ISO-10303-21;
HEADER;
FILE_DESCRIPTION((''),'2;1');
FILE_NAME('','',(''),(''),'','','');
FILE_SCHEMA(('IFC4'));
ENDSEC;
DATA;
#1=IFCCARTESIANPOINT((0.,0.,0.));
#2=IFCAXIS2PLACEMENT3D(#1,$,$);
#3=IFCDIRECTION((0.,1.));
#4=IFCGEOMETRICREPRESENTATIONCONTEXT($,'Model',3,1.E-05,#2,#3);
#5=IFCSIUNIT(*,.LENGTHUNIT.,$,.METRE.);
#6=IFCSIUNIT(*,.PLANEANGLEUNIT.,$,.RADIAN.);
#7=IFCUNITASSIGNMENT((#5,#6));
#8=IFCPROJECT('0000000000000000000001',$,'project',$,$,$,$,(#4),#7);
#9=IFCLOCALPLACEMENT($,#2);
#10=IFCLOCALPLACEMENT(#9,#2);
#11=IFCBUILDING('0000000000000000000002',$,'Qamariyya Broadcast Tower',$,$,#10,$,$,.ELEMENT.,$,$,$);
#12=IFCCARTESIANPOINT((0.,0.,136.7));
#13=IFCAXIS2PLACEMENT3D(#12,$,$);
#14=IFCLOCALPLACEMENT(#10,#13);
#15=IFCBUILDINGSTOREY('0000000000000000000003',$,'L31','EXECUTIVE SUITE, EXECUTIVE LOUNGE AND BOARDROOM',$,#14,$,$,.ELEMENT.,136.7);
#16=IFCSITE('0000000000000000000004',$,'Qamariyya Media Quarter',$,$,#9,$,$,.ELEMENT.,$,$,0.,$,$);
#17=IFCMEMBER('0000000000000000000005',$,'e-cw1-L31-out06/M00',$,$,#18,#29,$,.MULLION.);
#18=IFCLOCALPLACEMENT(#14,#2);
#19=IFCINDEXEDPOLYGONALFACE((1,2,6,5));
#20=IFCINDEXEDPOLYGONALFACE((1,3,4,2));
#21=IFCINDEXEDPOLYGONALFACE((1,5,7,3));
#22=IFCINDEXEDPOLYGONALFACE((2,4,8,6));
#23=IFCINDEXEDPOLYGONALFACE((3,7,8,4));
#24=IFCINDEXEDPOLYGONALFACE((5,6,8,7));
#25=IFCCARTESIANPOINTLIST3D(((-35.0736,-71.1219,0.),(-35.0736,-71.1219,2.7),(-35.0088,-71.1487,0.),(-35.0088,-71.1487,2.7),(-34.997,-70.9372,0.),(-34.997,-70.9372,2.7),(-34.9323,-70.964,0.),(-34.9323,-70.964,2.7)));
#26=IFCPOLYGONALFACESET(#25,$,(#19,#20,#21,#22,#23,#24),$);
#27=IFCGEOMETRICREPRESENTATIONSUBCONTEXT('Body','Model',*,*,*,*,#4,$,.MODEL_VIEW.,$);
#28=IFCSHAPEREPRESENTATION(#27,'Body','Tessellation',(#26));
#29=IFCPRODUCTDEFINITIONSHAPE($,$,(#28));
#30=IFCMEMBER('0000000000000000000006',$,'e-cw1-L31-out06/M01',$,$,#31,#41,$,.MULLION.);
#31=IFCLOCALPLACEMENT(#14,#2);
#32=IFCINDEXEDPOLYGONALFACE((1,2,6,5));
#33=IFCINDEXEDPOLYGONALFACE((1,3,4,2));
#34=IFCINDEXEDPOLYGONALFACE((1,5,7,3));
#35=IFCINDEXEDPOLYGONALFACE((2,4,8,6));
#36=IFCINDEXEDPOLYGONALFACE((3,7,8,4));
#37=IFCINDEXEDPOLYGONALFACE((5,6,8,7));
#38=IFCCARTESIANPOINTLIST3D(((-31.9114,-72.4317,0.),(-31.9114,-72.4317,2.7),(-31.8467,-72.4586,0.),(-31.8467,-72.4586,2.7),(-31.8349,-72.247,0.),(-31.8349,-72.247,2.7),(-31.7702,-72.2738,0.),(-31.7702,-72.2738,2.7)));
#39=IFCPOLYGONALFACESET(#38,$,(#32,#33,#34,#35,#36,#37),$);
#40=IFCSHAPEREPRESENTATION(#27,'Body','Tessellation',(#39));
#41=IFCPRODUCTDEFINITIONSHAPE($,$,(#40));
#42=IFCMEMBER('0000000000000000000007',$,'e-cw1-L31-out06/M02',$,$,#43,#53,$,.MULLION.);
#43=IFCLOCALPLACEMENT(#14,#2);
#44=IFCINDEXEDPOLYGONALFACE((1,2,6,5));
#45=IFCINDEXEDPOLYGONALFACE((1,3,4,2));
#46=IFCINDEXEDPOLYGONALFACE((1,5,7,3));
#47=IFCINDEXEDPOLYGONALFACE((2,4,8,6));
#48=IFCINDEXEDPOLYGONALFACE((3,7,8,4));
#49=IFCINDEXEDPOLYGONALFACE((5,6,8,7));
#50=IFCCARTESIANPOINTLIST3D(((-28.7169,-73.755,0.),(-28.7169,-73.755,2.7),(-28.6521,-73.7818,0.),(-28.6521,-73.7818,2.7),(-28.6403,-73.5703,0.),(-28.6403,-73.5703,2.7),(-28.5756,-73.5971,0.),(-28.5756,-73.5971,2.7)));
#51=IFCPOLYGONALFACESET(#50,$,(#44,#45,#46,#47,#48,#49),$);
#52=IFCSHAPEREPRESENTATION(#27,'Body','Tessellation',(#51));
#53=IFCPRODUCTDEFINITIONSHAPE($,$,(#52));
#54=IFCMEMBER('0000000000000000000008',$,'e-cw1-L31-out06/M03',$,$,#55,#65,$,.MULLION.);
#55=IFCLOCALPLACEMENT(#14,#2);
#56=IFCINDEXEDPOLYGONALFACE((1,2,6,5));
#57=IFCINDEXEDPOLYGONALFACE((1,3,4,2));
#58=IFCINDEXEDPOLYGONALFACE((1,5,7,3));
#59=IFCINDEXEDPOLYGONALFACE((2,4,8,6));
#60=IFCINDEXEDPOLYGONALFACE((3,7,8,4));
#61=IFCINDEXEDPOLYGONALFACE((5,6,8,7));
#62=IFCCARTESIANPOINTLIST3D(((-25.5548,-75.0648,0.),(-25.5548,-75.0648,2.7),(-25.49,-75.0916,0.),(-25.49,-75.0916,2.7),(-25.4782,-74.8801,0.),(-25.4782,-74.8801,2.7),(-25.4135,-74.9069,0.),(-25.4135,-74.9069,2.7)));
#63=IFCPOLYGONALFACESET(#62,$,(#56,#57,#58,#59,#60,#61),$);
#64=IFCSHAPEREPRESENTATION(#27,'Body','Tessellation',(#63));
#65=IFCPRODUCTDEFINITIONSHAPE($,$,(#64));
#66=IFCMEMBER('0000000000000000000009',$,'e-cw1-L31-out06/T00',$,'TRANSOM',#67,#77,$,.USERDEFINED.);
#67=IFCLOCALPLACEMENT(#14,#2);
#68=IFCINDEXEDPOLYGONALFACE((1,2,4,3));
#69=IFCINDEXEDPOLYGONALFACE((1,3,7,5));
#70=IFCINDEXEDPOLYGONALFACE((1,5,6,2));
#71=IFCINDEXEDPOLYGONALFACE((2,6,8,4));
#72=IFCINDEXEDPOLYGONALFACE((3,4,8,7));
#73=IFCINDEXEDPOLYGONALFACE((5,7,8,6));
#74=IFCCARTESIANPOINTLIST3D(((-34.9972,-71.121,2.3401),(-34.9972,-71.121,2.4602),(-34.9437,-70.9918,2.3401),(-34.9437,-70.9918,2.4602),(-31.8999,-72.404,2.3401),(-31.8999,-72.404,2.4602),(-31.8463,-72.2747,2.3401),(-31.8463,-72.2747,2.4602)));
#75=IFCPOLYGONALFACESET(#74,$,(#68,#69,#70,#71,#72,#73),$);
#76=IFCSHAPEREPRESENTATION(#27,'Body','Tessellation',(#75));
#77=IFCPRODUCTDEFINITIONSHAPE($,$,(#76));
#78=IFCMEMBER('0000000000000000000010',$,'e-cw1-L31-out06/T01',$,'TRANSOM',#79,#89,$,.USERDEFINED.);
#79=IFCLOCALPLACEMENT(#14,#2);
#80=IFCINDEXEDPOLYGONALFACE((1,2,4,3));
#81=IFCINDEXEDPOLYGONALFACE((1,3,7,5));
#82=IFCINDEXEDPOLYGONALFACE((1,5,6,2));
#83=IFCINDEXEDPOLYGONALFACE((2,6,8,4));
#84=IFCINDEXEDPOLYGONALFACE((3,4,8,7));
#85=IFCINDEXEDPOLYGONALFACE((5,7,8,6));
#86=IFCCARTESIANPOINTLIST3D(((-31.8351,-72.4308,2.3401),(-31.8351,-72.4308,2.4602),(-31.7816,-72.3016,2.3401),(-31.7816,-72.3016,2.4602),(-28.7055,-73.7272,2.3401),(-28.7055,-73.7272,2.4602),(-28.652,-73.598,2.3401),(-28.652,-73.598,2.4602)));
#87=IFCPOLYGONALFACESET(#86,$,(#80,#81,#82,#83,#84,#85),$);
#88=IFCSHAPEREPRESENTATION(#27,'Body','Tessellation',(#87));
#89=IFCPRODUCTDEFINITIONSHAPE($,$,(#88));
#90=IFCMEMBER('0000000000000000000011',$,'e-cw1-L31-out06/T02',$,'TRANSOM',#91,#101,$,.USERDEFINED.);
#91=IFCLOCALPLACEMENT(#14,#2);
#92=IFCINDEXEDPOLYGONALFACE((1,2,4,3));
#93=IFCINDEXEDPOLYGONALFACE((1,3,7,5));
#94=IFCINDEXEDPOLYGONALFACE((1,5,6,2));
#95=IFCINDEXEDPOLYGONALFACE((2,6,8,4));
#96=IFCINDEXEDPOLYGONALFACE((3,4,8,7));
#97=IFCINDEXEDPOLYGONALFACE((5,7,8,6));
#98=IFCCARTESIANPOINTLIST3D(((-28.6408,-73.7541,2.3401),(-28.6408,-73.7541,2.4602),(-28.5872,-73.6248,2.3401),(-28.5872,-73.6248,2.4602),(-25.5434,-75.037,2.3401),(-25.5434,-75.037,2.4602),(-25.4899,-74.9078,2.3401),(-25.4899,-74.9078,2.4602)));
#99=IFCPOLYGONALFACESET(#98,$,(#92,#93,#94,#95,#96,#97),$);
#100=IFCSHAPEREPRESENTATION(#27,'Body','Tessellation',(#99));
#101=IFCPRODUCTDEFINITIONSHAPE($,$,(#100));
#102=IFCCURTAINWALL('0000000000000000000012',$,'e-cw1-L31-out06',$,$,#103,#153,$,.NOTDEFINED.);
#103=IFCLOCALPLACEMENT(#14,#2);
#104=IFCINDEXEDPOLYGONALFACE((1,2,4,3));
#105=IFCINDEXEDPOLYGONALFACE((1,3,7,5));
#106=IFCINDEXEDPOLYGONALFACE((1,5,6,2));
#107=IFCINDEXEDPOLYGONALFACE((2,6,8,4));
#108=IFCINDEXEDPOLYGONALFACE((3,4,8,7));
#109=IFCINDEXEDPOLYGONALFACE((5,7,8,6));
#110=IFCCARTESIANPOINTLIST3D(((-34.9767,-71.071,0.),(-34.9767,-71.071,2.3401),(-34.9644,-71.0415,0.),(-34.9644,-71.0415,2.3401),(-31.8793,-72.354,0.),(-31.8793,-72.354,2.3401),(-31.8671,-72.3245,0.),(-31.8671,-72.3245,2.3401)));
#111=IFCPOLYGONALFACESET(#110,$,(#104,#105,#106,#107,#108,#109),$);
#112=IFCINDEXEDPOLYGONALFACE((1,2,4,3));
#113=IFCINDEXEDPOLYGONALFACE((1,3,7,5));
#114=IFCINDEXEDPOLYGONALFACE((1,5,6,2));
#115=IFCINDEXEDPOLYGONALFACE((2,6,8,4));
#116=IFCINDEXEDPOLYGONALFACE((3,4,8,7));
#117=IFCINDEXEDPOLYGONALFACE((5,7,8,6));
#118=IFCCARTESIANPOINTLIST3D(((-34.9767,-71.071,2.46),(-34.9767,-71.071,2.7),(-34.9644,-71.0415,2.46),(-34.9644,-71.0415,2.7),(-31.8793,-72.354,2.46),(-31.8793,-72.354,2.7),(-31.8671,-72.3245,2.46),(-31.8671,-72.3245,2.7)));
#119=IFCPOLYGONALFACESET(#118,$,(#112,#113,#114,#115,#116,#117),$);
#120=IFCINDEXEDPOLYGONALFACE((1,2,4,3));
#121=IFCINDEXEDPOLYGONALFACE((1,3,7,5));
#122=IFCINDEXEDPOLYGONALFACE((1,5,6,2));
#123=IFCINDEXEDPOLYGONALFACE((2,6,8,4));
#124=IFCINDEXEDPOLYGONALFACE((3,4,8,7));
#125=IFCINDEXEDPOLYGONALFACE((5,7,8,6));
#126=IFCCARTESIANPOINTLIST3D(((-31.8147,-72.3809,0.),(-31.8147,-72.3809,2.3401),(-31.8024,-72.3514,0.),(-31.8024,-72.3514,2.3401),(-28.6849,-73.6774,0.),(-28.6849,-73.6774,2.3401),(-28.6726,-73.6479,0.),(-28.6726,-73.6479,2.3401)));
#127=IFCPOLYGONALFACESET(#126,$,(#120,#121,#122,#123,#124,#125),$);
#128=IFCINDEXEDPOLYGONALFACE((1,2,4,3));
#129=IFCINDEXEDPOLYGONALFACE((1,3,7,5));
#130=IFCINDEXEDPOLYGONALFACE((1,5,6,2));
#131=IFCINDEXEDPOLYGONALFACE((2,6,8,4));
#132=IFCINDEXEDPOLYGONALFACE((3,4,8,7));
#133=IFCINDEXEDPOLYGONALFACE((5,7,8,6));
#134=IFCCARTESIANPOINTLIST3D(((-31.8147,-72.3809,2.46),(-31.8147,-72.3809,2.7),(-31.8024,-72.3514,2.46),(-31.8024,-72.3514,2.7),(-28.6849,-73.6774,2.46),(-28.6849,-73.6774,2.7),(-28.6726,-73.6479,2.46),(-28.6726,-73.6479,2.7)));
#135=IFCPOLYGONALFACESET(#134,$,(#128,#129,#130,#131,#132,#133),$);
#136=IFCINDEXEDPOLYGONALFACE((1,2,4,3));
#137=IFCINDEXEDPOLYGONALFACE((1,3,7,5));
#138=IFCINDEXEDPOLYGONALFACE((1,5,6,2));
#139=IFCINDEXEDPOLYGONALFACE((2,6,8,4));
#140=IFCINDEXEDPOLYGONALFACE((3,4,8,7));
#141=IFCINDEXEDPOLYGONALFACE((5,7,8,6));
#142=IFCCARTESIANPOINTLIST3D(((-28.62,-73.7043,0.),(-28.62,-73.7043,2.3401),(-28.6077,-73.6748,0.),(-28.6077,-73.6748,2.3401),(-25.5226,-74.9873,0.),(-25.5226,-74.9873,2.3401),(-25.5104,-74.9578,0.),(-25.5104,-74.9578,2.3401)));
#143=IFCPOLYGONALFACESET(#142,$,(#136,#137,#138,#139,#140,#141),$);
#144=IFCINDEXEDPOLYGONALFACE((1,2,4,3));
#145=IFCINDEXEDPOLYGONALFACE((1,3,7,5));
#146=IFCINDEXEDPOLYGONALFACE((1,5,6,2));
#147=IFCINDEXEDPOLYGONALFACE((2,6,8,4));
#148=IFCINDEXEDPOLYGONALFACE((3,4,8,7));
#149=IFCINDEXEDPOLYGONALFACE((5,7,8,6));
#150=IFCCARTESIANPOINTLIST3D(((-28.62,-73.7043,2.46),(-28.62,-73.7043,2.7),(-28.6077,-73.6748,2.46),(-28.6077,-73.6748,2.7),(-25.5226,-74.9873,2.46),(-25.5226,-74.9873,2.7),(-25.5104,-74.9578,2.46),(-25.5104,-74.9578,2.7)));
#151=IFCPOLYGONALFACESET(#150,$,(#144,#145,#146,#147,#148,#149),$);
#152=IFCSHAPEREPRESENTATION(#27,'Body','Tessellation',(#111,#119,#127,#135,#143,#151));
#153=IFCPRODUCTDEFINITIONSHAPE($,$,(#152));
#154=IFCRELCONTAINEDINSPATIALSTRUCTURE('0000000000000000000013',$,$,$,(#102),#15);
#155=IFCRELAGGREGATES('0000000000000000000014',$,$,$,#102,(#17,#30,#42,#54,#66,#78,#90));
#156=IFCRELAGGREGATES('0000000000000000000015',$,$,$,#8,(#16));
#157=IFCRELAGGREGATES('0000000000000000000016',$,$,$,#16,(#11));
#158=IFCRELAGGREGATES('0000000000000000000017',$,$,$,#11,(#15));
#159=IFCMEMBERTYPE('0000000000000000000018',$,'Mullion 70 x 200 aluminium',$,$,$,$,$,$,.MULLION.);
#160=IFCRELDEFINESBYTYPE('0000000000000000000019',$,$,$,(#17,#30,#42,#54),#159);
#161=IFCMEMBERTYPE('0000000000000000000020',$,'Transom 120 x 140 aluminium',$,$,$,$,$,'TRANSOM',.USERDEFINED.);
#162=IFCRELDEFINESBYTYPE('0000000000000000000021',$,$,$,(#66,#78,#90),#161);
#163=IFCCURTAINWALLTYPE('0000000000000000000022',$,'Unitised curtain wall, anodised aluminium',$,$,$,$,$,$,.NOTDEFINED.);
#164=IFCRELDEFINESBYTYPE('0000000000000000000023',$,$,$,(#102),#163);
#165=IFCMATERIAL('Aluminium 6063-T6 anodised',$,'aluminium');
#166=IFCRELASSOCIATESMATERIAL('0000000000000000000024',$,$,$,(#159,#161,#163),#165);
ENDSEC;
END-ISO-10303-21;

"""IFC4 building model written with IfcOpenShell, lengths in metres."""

from ifc_helpers import new_model, si_unit, direction, frame, origin, origin_2d, place, context, subcontext, project, spatial, rectangle, extrude, material, material_profile, profile_set, type_object, element, aggregate, save


model = new_model("IFC4")

# Units and contexts
model_context = context("Model", 3, precision=1e-05, world=origin(), true_north=direction((0.0, 1.0)))
body_context = subcontext(model_context, "Body", "Model", "MODEL_VIEW")
ifc_project = project(units=[si_unit("LENGTHUNIT", "METRE"), si_unit("PLANEANGLEUNIT", "RADIAN")], contexts=[model_context])

# Members
ifc_material = material(Name="Aluminium 6063-T6 anodised", Category="aluminium")
ifc_material_profile_1 = material_profile(ifc_material, rectangle(XDim=0.2, YDim=0.0701, at=origin_2d()))
ifc_profile_set_1 = profile_set([ifc_material_profile_1], Name="Aluminium 6063-T6 anodised")
member_type_1 = type_object("IfcMemberType", Name="Mullion 70 x 200 aluminium", PredefinedType="MULLION", material=ifc_profile_set_1)
site_placement = place(None, origin())
building_placement = place(site_placement, origin())
storey_placement = place(building_placement, frame((0.0, 0.0, 136.7)))
member_1_placement = place(storey_placement, frame((-35.0029, -71.043, 0.0), z_axis=(0.0, 0.0, 1.0), x_axis=(0.382683, 0.92388, 0.0)))
member_1 = element("IfcMember", 1, at=member_1_placement, type_object=member_type_1, Name="e-cw1-L31-out06/M00", PredefinedType="MULLION", context=body_context, shape_type="SweptSolid", body=[
    extrude(rectangle(XDim=0.2, YDim=0.0701, at=origin_2d()), origin(), (0.0, 0.0, 1.0), 2.7),
])
member_2_placement = place(storey_placement, frame((-31.8408, -72.3528, 0.0), z_axis=(0.0, 0.0, 1.0), x_axis=(0.382683, 0.92388, 0.0)))
member_2 = element("IfcMember", 2, at=member_2_placement, type_object=member_type_1, Name="e-cw1-L31-out06/M01", PredefinedType="MULLION", context=body_context, shape_type="SweptSolid", body=[
    extrude(rectangle(XDim=0.2, YDim=0.0701, at=origin_2d()), origin(), (0.0, 0.0, 1.0), 2.7),
])
member_3_placement = place(storey_placement, frame((-28.6462, -73.676, 0.0), z_axis=(0.0, 0.0, 1.0), x_axis=(0.382683, 0.92388, 0.0)))
member_3 = element("IfcMember", 3, at=member_3_placement, type_object=member_type_1, Name="e-cw1-L31-out06/M02", PredefinedType="MULLION", context=body_context, shape_type="SweptSolid", body=[
    extrude(rectangle(XDim=0.2, YDim=0.0701, at=origin_2d()), origin(), (0.0, 0.0, 1.0), 2.7),
])
member_4_placement = place(storey_placement, frame((-25.4841, -74.9858, 0.0), z_axis=(0.0, 0.0, 1.0), x_axis=(0.382683, 0.92388, 0.0)))
member_4 = element("IfcMember", 4, at=member_4_placement, type_object=member_type_1, Name="e-cw1-L31-out06/M03", PredefinedType="MULLION", context=body_context, shape_type="SweptSolid", body=[
    extrude(rectangle(XDim=0.2, YDim=0.0701, at=origin_2d()), origin(), (0.0, 0.0, 1.0), 2.7),
])
ifc_material_profile_2 = material_profile(ifc_material, rectangle(XDim=0.1399, YDim=0.1201, at=origin_2d()))
ifc_profile_set_2 = profile_set([ifc_material_profile_2], Name="Aluminium 6063-T6 anodised")
member_type_2 = type_object("IfcMemberType", Name="Transom 120 x 140 aluminium", ElementType="TRANSOM", PredefinedType="USERDEFINED", material=ifc_profile_set_2)
member_5_placement = place(storey_placement, frame((-34.9705, -71.0564, 2.4001), z_axis=(0.923883, -0.382676, 0.0), x_axis=(0.382676, 0.923883, 0.0)))
member_5 = element("IfcMember", 5, at=member_5_placement, type_object=member_type_2, Name="e-cw1-L31-out06/T00", ObjectType="TRANSOM", PredefinedType="USERDEFINED", context=body_context, shape_type="SweptSolid", body=[
    extrude(rectangle(XDim=0.1399, YDim=0.1201, at=origin_2d()), origin(), (0.0, 0.0, 1.0), 3.3525),
])
member_6_placement = place(storey_placement, frame((-31.8083, -72.3662, 2.4001), z_axis=(0.923875, -0.382696, 0.0), x_axis=(0.382696, 0.923875, 0.0)))
member_6 = element("IfcMember", 6, at=member_6_placement, type_object=member_type_2, Name="e-cw1-L31-out06/T01", ObjectType="TRANSOM", PredefinedType="USERDEFINED", context=body_context, shape_type="SweptSolid", body=[
    extrude(rectangle(XDim=0.1399, YDim=0.1201, at=origin_2d()), origin(), (0.0, 0.0, 1.0), 3.3875),
])
member_7_placement = place(storey_placement, frame((-28.614, -73.6895, 2.4001), z_axis=(0.923883, -0.382676, 0.0), x_axis=(0.382676, 0.923883, 0.0)))
member_7 = element("IfcMember", 7, at=member_7_placement, type_object=member_type_2, Name="e-cw1-L31-out06/T02", ObjectType="TRANSOM", PredefinedType="USERDEFINED", context=body_context, shape_type="SweptSolid", body=[
    extrude(rectangle(XDim=0.1399, YDim=0.1201, at=origin_2d()), origin(), (0.0, 0.0, 1.0), 3.3525),
])

# Site, building, storey
site = spatial("IfcSite", under=ifc_project, at=site_placement, Name="Qamariyya Media Quarter", CompositionType="ELEMENT", RefElevation=0.0)
building = spatial("IfcBuilding", under=site, at=building_placement, Name="Qamariyya Broadcast Tower", CompositionType="ELEMENT")
storey = spatial("IfcBuildingStorey", under=building, at=storey_placement, Name="L31", Description="EXECUTIVE SUITE, EXECUTIVE LOUNGE AND BOARDROOM", CompositionType="ELEMENT", Elevation=136.7)

# Curtain wall
curtain_wall_type = type_object("IfcCurtainWallType", Name="Unitised curtain wall, anodised aluminium", PredefinedType="NOTDEFINED", material=ifc_material)
curtain_wall_1_placement = place(storey_placement, origin())
curtain_wall_1 = element("IfcCurtainWall", 8, at=curtain_wall_1_placement, inside=storey, type_object=curtain_wall_type, Name="e-cw1-L31-out06", PredefinedType="NOTDEFINED", context=body_context, shape_type="SweptSolid", body=[
    extrude(rectangle(XDim=3.3525, YDim=0.032, at=origin_2d()), frame((-33.4219, -71.6978, 0.0), x_axis=(0.923872, -0.382701, 0.0)), (0.0, 0.0, 1.0), 2.3401),
    extrude(rectangle(XDim=3.3525, YDim=0.032, at=origin_2d()), frame((-33.4219, -71.6978, 2.46), x_axis=(0.923872, -0.382701, 0.0)), (0.0, 0.0, 1.0), 0.24),
    extrude(rectangle(XDim=3.3877, YDim=0.032, at=origin_2d()), frame((-30.2437, -73.0144, 0.0), x_axis=(0.923872, -0.382701, 0.0)), (0.0, 0.0, 1.0), 2.3401),
    extrude(rectangle(XDim=3.3877, YDim=0.032, at=origin_2d()), frame((-30.2437, -73.0144, 2.46), x_axis=(0.923872, -0.382701, 0.0)), (0.0, 0.0, 1.0), 0.24),
    extrude(rectangle(XDim=3.3525, YDim=0.032, at=origin_2d()), frame((-27.0652, -74.3311, 0.0), x_axis=(0.923872, -0.382701, 0.0)), (0.0, 0.0, 1.0), 2.3401),
    extrude(rectangle(XDim=3.3525, YDim=0.032, at=origin_2d()), frame((-27.0652, -74.3311, 2.46), x_axis=(0.923872, -0.382701, 0.0)), (0.0, 0.0, 1.0), 0.24),
])
aggregate(curtain_wall_1, [member_1, member_2, member_3, member_4, member_5, member_6, member_7])

save(model, "model.ifc")
